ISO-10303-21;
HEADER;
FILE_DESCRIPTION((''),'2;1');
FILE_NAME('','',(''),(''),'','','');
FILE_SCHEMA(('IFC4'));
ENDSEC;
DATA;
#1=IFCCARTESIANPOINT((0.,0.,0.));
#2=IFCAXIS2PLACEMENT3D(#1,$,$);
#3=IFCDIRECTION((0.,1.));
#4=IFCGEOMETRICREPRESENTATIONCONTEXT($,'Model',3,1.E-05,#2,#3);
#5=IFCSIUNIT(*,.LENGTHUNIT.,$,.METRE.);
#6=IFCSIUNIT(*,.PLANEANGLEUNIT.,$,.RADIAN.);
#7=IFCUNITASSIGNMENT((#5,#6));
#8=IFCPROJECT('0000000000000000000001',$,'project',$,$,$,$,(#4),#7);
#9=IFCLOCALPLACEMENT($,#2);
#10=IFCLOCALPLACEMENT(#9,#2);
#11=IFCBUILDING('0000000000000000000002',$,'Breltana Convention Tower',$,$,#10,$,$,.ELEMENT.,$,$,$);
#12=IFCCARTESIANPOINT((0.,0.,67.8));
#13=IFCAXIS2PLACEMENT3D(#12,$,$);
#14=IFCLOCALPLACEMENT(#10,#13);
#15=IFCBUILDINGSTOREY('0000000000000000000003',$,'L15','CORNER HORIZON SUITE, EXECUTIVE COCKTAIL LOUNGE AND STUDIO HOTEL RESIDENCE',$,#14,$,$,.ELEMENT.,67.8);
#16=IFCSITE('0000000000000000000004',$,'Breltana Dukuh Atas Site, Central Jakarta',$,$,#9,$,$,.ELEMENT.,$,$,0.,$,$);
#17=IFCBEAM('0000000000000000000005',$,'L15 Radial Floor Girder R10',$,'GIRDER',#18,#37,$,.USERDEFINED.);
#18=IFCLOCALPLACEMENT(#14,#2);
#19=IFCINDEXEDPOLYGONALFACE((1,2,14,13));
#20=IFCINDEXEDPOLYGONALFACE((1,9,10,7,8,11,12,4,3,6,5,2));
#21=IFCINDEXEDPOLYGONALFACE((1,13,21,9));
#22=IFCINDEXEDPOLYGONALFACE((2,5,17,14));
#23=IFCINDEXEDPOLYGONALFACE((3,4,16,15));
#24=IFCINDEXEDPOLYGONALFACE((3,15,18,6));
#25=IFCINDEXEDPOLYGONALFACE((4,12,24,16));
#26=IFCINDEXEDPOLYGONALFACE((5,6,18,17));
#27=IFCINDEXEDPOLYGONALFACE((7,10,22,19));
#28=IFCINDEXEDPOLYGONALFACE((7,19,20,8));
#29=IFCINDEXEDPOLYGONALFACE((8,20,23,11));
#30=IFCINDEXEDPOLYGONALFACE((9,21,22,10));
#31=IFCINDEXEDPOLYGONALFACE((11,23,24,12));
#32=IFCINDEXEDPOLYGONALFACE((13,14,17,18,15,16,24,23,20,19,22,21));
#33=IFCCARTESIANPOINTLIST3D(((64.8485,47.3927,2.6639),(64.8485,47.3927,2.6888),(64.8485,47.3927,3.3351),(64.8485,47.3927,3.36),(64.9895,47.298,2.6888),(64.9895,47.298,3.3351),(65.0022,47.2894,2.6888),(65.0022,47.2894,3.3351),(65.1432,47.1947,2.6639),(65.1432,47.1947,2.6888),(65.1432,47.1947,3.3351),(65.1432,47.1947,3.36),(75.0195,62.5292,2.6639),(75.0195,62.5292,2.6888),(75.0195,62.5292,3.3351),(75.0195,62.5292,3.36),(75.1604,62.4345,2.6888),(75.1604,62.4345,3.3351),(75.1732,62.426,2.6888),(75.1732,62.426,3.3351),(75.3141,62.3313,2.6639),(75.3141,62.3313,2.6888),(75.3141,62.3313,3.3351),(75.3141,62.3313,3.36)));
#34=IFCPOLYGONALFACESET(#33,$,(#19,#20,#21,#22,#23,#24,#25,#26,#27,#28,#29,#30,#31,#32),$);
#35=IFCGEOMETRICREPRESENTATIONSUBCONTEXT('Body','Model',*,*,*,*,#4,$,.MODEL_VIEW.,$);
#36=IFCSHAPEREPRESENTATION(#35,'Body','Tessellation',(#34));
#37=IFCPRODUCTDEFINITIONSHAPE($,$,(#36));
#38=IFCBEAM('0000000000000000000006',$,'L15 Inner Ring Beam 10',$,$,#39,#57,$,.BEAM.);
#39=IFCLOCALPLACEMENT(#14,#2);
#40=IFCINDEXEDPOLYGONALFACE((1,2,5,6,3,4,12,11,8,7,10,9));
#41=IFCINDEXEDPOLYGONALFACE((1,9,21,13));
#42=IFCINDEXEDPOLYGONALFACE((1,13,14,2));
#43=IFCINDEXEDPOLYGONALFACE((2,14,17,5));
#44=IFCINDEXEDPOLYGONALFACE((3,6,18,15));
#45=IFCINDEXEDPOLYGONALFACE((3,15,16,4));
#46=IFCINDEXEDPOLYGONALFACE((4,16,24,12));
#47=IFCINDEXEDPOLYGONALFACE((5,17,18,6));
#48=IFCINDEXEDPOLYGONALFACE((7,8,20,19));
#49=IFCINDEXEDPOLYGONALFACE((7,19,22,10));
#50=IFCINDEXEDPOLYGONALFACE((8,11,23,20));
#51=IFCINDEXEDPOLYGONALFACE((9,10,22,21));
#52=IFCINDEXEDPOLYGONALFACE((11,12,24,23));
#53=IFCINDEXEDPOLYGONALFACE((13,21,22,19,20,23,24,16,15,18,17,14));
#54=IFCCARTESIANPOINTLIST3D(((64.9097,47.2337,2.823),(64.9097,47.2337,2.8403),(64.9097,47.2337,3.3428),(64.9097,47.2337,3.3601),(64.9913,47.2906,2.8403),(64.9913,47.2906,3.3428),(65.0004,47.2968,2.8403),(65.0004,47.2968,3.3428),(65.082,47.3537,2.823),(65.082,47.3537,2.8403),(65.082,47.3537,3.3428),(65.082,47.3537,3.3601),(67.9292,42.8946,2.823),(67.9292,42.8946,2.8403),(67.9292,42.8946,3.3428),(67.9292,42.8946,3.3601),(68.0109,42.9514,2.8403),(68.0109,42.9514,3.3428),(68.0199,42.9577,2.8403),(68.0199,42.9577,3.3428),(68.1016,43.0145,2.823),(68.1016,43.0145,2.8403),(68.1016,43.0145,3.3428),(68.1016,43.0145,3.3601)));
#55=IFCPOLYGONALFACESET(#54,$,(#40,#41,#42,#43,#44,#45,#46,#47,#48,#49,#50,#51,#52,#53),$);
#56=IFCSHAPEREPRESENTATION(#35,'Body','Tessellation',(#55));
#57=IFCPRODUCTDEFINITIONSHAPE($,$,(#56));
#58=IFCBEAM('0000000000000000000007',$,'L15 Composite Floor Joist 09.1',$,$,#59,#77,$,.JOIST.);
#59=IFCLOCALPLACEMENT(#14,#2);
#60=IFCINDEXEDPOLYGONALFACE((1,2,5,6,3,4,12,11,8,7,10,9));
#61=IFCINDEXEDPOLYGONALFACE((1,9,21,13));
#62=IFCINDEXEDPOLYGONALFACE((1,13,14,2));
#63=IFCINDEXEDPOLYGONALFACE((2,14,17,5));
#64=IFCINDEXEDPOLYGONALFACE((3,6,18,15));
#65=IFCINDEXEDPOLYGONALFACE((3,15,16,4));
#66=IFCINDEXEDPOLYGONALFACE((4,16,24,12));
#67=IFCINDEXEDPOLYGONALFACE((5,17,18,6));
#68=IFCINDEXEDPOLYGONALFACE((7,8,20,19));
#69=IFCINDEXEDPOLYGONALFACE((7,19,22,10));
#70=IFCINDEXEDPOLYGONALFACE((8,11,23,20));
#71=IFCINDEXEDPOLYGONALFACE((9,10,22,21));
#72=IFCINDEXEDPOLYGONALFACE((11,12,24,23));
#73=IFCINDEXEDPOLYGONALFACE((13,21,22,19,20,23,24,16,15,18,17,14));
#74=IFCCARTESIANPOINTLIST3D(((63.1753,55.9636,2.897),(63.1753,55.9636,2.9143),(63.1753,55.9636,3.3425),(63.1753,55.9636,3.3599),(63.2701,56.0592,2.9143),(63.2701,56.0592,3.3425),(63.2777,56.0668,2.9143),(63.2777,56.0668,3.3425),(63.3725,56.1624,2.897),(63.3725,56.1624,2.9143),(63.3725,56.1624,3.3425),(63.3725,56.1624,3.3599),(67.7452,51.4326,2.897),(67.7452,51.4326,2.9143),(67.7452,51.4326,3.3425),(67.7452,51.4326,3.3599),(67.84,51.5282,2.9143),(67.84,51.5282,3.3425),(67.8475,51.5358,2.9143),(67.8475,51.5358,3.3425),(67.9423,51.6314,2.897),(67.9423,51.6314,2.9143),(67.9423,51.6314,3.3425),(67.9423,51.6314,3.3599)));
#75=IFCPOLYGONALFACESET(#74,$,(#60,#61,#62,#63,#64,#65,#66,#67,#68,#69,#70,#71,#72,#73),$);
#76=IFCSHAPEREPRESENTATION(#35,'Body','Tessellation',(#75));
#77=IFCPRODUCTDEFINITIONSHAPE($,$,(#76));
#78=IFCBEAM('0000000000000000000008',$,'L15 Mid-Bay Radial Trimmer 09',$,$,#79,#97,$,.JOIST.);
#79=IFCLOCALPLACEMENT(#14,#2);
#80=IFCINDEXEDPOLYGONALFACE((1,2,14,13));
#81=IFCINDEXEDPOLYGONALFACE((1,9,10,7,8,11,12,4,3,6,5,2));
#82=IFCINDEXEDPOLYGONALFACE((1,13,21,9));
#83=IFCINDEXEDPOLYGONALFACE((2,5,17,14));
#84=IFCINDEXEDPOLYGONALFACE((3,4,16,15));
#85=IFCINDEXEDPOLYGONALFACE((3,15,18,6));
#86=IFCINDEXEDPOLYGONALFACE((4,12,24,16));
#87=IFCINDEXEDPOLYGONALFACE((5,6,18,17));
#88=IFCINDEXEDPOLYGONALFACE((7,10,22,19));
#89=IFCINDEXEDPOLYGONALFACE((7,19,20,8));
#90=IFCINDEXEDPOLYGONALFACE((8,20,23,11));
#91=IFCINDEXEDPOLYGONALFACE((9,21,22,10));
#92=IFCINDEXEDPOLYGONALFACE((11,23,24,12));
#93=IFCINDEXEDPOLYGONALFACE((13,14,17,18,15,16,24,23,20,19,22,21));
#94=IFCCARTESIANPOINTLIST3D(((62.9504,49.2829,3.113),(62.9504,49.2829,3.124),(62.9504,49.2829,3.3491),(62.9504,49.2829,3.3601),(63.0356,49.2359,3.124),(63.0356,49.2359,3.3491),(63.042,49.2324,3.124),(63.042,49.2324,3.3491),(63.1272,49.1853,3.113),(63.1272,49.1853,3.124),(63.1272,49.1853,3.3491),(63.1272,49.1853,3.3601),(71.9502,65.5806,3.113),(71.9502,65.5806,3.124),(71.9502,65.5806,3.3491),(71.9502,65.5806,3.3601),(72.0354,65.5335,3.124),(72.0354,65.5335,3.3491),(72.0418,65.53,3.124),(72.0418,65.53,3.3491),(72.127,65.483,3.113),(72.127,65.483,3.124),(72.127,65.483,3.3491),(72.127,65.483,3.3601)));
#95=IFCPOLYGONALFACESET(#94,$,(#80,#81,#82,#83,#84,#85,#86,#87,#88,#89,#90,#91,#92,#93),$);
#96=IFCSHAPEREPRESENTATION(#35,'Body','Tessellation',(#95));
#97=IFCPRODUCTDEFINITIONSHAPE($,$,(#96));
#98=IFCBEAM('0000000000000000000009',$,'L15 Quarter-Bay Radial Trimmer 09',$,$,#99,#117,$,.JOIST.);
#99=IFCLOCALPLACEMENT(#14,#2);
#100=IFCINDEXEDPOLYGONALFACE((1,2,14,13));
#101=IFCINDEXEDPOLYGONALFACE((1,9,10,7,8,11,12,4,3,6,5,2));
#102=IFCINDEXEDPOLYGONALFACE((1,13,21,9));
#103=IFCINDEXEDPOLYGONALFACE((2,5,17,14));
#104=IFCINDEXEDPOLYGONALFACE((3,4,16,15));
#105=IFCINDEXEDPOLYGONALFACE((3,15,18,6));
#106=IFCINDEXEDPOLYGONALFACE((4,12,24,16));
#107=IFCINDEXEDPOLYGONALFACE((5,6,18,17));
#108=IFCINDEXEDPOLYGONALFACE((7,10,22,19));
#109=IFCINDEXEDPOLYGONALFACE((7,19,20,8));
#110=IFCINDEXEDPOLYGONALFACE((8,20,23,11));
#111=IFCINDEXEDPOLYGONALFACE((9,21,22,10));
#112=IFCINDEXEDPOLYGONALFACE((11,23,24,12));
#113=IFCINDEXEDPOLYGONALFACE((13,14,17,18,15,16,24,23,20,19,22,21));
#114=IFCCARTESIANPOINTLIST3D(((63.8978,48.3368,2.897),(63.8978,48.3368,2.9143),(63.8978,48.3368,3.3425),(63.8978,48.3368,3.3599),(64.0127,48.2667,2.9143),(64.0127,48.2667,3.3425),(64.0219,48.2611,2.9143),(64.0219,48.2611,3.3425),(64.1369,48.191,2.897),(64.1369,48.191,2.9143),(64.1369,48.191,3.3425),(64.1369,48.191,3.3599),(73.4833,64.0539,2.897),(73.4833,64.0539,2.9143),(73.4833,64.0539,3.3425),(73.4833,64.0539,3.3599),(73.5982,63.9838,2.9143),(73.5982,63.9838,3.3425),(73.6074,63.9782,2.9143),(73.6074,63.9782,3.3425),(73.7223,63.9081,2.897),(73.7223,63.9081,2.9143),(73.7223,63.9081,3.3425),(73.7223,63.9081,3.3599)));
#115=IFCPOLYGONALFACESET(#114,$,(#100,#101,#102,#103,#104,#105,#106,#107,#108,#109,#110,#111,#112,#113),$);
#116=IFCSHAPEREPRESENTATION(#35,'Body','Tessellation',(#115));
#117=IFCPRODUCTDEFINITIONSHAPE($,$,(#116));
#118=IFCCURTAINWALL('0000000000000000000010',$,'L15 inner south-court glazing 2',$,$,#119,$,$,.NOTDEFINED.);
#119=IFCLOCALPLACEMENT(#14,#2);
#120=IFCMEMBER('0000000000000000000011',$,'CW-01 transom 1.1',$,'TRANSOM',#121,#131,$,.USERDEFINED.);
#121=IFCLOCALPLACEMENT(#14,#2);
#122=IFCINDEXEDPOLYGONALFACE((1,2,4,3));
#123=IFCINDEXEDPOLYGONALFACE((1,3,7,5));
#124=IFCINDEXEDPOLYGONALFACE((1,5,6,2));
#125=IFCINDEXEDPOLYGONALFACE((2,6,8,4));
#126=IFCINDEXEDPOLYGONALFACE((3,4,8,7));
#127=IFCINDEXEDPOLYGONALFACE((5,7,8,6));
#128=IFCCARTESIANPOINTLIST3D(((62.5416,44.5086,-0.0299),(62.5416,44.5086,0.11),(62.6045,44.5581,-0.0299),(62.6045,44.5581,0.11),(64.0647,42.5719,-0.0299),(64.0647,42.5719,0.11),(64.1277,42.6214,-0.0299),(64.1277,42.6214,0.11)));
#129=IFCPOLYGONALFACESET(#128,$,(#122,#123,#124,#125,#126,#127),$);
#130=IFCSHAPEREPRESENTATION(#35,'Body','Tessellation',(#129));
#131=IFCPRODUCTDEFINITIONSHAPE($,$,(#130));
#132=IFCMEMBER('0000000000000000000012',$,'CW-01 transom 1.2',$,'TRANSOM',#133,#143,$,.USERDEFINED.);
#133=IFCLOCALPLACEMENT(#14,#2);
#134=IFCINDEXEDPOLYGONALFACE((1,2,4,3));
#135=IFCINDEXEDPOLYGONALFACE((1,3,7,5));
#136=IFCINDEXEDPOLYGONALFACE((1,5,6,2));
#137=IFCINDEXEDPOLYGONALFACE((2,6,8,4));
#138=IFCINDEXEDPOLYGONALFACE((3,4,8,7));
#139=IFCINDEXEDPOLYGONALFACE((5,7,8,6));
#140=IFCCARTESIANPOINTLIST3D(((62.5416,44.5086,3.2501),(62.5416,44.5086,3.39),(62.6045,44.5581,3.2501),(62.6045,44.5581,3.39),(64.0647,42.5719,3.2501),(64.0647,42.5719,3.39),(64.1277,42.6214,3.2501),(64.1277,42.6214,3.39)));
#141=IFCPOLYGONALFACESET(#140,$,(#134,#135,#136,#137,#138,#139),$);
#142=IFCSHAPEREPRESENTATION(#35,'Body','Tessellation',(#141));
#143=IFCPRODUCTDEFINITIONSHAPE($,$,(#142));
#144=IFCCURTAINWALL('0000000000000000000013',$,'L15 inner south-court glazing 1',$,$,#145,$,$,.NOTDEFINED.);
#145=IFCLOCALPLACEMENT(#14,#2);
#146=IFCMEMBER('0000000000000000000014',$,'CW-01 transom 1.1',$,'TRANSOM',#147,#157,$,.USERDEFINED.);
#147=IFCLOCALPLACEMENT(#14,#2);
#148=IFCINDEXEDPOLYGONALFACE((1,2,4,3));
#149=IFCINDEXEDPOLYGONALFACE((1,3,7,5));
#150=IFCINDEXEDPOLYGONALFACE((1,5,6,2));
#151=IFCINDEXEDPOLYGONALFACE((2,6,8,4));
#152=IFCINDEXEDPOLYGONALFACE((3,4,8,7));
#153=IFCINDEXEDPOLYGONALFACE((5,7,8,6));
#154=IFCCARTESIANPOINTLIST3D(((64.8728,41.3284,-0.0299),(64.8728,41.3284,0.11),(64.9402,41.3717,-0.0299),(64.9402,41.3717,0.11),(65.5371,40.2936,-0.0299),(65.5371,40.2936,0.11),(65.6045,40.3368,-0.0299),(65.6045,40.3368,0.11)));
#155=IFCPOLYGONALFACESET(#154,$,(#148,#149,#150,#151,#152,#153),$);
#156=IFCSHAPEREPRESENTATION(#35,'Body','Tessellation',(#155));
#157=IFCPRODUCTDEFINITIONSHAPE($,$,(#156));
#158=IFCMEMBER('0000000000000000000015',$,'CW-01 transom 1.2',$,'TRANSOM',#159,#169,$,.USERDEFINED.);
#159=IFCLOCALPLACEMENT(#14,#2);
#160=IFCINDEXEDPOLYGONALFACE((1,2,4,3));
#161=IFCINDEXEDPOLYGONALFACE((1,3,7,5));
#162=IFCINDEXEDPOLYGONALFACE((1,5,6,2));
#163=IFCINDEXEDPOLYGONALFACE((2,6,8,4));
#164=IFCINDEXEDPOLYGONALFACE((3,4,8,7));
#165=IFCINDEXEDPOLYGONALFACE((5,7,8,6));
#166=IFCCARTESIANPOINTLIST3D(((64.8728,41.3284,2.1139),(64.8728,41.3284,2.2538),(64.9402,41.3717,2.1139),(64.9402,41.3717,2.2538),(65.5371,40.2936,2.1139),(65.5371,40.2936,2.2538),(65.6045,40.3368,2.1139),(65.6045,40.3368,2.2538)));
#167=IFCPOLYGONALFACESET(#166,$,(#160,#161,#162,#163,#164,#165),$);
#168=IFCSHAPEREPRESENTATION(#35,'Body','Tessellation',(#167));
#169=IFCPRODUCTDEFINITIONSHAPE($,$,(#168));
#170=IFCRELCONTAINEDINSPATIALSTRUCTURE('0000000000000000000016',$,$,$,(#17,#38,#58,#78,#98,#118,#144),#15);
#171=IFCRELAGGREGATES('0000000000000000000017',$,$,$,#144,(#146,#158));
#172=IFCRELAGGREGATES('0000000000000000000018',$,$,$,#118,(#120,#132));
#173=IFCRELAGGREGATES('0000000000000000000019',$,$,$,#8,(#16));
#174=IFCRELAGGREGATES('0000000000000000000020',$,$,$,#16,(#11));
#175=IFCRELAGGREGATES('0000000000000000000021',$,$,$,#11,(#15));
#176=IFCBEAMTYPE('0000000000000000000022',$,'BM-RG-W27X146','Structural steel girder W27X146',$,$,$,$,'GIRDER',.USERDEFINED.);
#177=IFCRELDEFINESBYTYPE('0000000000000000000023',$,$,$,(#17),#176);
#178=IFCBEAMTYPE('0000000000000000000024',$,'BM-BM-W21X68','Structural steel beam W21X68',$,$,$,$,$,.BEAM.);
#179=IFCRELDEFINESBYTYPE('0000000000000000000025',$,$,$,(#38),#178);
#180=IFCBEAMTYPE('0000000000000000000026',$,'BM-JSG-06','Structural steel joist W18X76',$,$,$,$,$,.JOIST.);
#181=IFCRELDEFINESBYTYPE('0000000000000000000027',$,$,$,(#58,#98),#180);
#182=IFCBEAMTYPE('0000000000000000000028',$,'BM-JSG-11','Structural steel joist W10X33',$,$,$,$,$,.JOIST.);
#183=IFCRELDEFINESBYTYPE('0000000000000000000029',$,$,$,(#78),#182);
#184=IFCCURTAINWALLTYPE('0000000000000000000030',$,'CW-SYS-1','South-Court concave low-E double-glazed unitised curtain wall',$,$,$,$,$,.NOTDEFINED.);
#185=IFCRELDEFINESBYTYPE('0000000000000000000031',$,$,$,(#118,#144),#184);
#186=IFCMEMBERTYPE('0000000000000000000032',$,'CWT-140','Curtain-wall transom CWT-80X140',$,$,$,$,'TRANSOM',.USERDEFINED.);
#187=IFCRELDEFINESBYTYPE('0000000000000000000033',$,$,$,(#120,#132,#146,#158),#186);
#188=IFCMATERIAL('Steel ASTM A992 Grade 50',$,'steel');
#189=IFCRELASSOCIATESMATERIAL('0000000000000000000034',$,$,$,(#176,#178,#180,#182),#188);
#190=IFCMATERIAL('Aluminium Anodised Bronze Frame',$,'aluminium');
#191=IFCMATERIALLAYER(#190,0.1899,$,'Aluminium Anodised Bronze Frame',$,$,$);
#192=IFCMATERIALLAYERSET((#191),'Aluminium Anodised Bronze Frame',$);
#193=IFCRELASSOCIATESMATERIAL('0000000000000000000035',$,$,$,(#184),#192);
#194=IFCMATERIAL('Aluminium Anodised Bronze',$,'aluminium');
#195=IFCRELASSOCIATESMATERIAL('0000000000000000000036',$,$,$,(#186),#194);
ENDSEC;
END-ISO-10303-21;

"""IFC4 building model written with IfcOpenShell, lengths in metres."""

from ifc_helpers import new_model, si_unit, direction, frame, origin, origin_2d, place, context, subcontext, project, spatial, rectangle, i_section, extrude, source, transform, mapped, material, layer, layer_set, material_profile, profile_set, type_object, element, aggregate, save


model = new_model("IFC4")

# Units and contexts
model_context = context("Model", 3, precision=1e-05, world=origin(), true_north=direction((0.0, 1.0)))
body_context = subcontext(model_context, "Body", "Model", "MODEL_VIEW")
ifc_project = project(units=[si_unit("LENGTHUNIT", "METRE"), si_unit("PLANEANGLEUNIT", "RADIAN")], contexts=[model_context])

# Site, building, storey
site_placement = place(None, origin())
site = spatial("IfcSite", under=ifc_project, at=site_placement, Name="Breltana Dukuh Atas Site, Central Jakarta", CompositionType="ELEMENT", RefElevation=0.0)
building_placement = place(site_placement, origin())
building = spatial("IfcBuilding", under=site, at=building_placement, Name="Breltana Convention Tower", CompositionType="ELEMENT")
storey_placement = place(building_placement, frame((0.0, 0.0, 67.8)))
storey = spatial("IfcBuildingStorey", under=building, at=storey_placement, Name="L15", Description="CORNER HORIZON SUITE, EXECUTIVE COCKTAIL LOUNGE AND STUDIO HOTEL RESIDENCE", CompositionType="ELEMENT", Elevation=67.8)

# Beams
ifc_material_1 = material(Name="Steel ASTM A992 Grade 50", Category="steel")
ifc_material_profile_1 = material_profile(ifc_material_1, i_section(OverallWidth=0.355, OverallDepth=0.696, WebThickness=0.0154, FlangeThickness=0.0249, at=origin_2d()), Name="W27X146")
ifc_profile_set_1 = profile_set([ifc_material_profile_1], Name="Steel ASTM A992 Grade 50")
beam_type_1 = type_object("IfcBeamType", Name="BM-RG-W27X146", Description="Structural steel girder W27X146", ElementType="GIRDER", PredefinedType="USERDEFINED", material=ifc_profile_set_1)
shared_shape_1 = source(origin(), body_context, "Body", "SweptSolid", [
    extrude(i_section(OverallWidth=0.355, OverallDepth=0.696, WebThickness=0.0154, FlangeThickness=0.0249, at=origin_2d()), origin(), (0.0, 0.0, 1.0), 18.2363),
])
beam_1_placement = place(storey_placement, frame((64.9958, 47.2937, 3.012), z_axis=(0.55773, 0.830022, 0.0), x_axis=(-0.830022, 0.55773, 0.0)))
element("IfcBeam", 1, at=beam_1_placement, inside=storey, type_object=beam_type_1, Name="L15 Radial Floor Girder R10", ObjectType="GIRDER", PredefinedType="USERDEFINED", context=body_context, shape_type="MappedRepresentation", body=[
    mapped(shared_shape_1, transform((0.0, 0.0, 0.0), scale=1.0)),
])
ifc_material_profile_2 = material_profile(ifc_material_1, i_section(OverallWidth=0.21, OverallDepth=0.5371, WebThickness=0.011, FlangeThickness=0.0173, at=origin_2d()), Name="W21X68")
ifc_profile_set_2 = profile_set([ifc_material_profile_2], Name="Steel ASTM A992 Grade 50")
beam_type_2 = type_object("IfcBeamType", Name="BM-BM-W21X68", Description="Structural steel beam W21X68", PredefinedType="BEAM", material=ifc_profile_set_2)
shared_shape_2 = source(origin(), body_context, "Body", "SweptSolid", [
    extrude(i_section(OverallWidth=0.21, OverallDepth=0.5371, WebThickness=0.011, FlangeThickness=0.0173, at=origin_2d()), origin(), (0.0, 0.0, 1.0), 5.2864),
])
beam_2_placement = place(storey_placement, frame((64.9958, 47.2937, 3.0916), z_axis=(0.571194, -0.820815, 0.0), x_axis=(0.820815, 0.571194, 0.0)))
element("IfcBeam", 2, at=beam_2_placement, inside=storey, type_object=beam_type_2, Name="L15 Inner Ring Beam 10", PredefinedType="BEAM", context=body_context, shape_type="MappedRepresentation", body=[
    mapped(shared_shape_2, transform((0.0, 0.0, 0.0), scale=1.0)),
])
ifc_material_profile_3 = material_profile(ifc_material_1, i_section(OverallWidth=0.28, OverallDepth=0.4629, WebThickness=0.0107, FlangeThickness=0.0173, at=origin_2d()), Name="W18X76")
ifc_profile_set_3 = profile_set([ifc_material_profile_3], Name="Steel ASTM A992 Grade 50")
beam_type_3 = type_object("IfcBeamType", Name="BM-JSG-06", Description="Structural steel joist W18X76", PredefinedType="JOIST", material=ifc_profile_set_3)
shared_shape_3 = source(origin(), body_context, "Body", "SweptSolid", [
    extrude(i_section(OverallWidth=0.28, OverallDepth=0.4629, WebThickness=0.0107, FlangeThickness=0.0173, at=origin_2d()), origin(), (0.0, 0.0, 1.0), 6.4353),
])
beam_3_placement = place(storey_placement, frame((63.2739, 56.063, 3.1284), z_axis=(0.710116, -0.704084, 0.0), x_axis=(0.704084, 0.710116, 0.0)))
element("IfcBeam", 3, at=beam_3_placement, inside=storey, type_object=beam_type_3, Name="L15 Composite Floor Joist 09.1", PredefinedType="JOIST", context=body_context, shape_type="MappedRepresentation", body=[
    mapped(shared_shape_3, transform((0.0, 0.0, 0.0), scale=1.0)),
])
ifc_material_profile_4 = material_profile(ifc_material_1, i_section(OverallWidth=0.2019, OverallDepth=0.2471, WebThickness=0.0073, FlangeThickness=0.011, at=origin_2d()), Name="W10X33")
ifc_profile_set_4 = profile_set([ifc_material_profile_4], Name="Steel ASTM A992 Grade 50")
beam_type_4 = type_object("IfcBeamType", Name="BM-JSG-11", Description="Structural steel joist W10X33", PredefinedType="JOIST", material=ifc_profile_set_4)
shared_shape_4 = source(origin(), body_context, "Body", "SweptSolid", [
    extrude(i_section(OverallWidth=0.2019, OverallDepth=0.2471, WebThickness=0.0073, FlangeThickness=0.011, at=origin_2d()), origin(), (0.0, 0.0, 1.0), 18.6174),
])
beam_4_placement = place(storey_placement, frame((63.0388, 49.2341, 3.2366), z_axis=(0.483406, 0.875396, 0.0), x_axis=(-0.875396, 0.483406, 0.0)))
element("IfcBeam", 4, at=beam_4_placement, inside=storey, type_object=beam_type_4, Name="L15 Mid-Bay Radial Trimmer 09", PredefinedType="JOIST", context=body_context, shape_type="MappedRepresentation", body=[
    mapped(shared_shape_4, transform((0.0, 0.0, 0.0), scale=1.0)),
])
shared_shape_5 = source(origin(), body_context, "Body", "SweptSolid", [
    extrude(i_section(OverallWidth=0.28, OverallDepth=0.4629, WebThickness=0.0107, FlangeThickness=0.0173, at=origin_2d()), origin(), (0.0, 0.0, 1.0), 18.4094),
])
beam_5_placement = place(storey_placement, frame((64.0173, 48.2639, 3.1284), z_axis=(0.520682, 0.853751, 0.0), x_axis=(-0.853751, 0.520682, 0.0)))
element("IfcBeam", 5, at=beam_5_placement, inside=storey, type_object=beam_type_3, Name="L15 Quarter-Bay Radial Trimmer 09", PredefinedType="JOIST", context=body_context, shape_type="MappedRepresentation", body=[
    mapped(shared_shape_5, transform((0.0, 0.0, 0.0), scale=1.0)),
])

# Curtain walls, members
ifc_material_2 = material(Name="Aluminium Anodised Bronze Frame", Category="aluminium")
ifc_layer_1 = layer(ifc_material_2, 0.1899, Name="Aluminium Anodised Bronze Frame")
ifc_layer_set_1 = layer_set([ifc_layer_1], Name="Aluminium Anodised Bronze Frame")
curtain_wall_type = type_object("IfcCurtainWallType", Name="CW-SYS-1", Description="South-Court concave low-E double-glazed unitised curtain wall", PredefinedType="NOTDEFINED", material=ifc_layer_set_1)
curtain_wall_1_placement = place(storey_placement, origin())
curtain_wall_1 = element("IfcCurtainWall", 6, at=curtain_wall_1_placement, inside=storey, type_object=curtain_wall_type, Name="L15 inner south-court glazing 2", PredefinedType="NOTDEFINED")
ifc_material_3 = material(Name="Aluminium Anodised Bronze", Category="aluminium")
ifc_material_profile_5 = material_profile(ifc_material_3, rectangle(XDim=0.0801, YDim=0.1399, at=origin_2d()), Name="CWT-80X140")
ifc_profile_set_5 = profile_set([ifc_material_profile_5], Name="Aluminium Anodised Bronze")
member_type_1 = type_object("IfcMemberType", Name="CWT-140", Description="Curtain-wall transom CWT-80X140", ElementType="TRANSOM", PredefinedType="USERDEFINED", material=ifc_profile_set_5)
shared_shape_6 = source(origin(), body_context, "Body", "SweptSolid", [
    extrude(rectangle(XDim=0.0801, YDim=0.1399, at=origin_2d()), origin(), (0.0, 0.0, 1.0), 2.4639),
])
member_1_placement = place(storey_placement, frame((64.0962, 42.5967, 0.04), z_axis=(-0.618185, 0.786033, 0.0), x_axis=(-0.786033, -0.618185, 0.0)))
member_1 = element("IfcMember", 7, at=member_1_placement, type_object=member_type_1, Name="CW-01 transom 1.1", ObjectType="TRANSOM", PredefinedType="USERDEFINED", context=body_context, shape_type="MappedRepresentation", body=[
    mapped(shared_shape_6, transform((0.0, 0.0, 0.0), scale=1.0)),
])
member_2_placement = place(storey_placement, frame((64.0962, 42.5967, 3.3201), z_axis=(-0.618185, 0.786033, 0.0), x_axis=(-0.786033, -0.618185, 0.0)))
member_2 = element("IfcMember", 8, at=member_2_placement, type_object=member_type_1, Name="CW-01 transom 1.2", ObjectType="TRANSOM", PredefinedType="USERDEFINED", context=body_context, shape_type="MappedRepresentation", body=[
    mapped(shared_shape_6, transform((0.0, 0.0, 0.0), scale=1.0)),
])
curtain_wall_2_placement = place(storey_placement, origin())
curtain_wall_2 = element("IfcCurtainWall", 9, at=curtain_wall_2_placement, inside=storey, type_object=curtain_wall_type, Name="L15 inner south-court glazing 1", PredefinedType="NOTDEFINED")
shared_shape_7 = source(origin(), body_context, "Body", "SweptSolid", [
    extrude(rectangle(XDim=0.0801, YDim=0.1399, at=origin_2d()), origin(), (0.0, 0.0, 1.0), 1.2297),
])
member_3_placement = place(storey_placement, frame((65.5708, 40.3152, 0.04), z_axis=(-0.540186, 0.841546, 0.0), x_axis=(-0.841546, -0.540186, 0.0)))
member_3 = element("IfcMember", 10, at=member_3_placement, type_object=member_type_1, Name="CW-01 transom 1.1", ObjectType="TRANSOM", PredefinedType="USERDEFINED", context=body_context, shape_type="MappedRepresentation", body=[
    mapped(shared_shape_7, transform((0.0, 0.0, 0.0), scale=1.0)),
])
member_4_placement = place(storey_placement, frame((65.5708, 40.3152, 2.1838), z_axis=(-0.540186, 0.841546, 0.0), x_axis=(-0.841546, -0.540186, 0.0)))
member_4 = element("IfcMember", 11, at=member_4_placement, type_object=member_type_1, Name="CW-01 transom 1.2", ObjectType="TRANSOM", PredefinedType="USERDEFINED", context=body_context, shape_type="MappedRepresentation", body=[
    mapped(shared_shape_7, transform((0.0, 0.0, 0.0), scale=1.0)),
])

aggregate(curtain_wall_2, [member_3, member_4])
aggregate(curtain_wall_1, [member_1, member_2])

save(model, "model.ifc")
